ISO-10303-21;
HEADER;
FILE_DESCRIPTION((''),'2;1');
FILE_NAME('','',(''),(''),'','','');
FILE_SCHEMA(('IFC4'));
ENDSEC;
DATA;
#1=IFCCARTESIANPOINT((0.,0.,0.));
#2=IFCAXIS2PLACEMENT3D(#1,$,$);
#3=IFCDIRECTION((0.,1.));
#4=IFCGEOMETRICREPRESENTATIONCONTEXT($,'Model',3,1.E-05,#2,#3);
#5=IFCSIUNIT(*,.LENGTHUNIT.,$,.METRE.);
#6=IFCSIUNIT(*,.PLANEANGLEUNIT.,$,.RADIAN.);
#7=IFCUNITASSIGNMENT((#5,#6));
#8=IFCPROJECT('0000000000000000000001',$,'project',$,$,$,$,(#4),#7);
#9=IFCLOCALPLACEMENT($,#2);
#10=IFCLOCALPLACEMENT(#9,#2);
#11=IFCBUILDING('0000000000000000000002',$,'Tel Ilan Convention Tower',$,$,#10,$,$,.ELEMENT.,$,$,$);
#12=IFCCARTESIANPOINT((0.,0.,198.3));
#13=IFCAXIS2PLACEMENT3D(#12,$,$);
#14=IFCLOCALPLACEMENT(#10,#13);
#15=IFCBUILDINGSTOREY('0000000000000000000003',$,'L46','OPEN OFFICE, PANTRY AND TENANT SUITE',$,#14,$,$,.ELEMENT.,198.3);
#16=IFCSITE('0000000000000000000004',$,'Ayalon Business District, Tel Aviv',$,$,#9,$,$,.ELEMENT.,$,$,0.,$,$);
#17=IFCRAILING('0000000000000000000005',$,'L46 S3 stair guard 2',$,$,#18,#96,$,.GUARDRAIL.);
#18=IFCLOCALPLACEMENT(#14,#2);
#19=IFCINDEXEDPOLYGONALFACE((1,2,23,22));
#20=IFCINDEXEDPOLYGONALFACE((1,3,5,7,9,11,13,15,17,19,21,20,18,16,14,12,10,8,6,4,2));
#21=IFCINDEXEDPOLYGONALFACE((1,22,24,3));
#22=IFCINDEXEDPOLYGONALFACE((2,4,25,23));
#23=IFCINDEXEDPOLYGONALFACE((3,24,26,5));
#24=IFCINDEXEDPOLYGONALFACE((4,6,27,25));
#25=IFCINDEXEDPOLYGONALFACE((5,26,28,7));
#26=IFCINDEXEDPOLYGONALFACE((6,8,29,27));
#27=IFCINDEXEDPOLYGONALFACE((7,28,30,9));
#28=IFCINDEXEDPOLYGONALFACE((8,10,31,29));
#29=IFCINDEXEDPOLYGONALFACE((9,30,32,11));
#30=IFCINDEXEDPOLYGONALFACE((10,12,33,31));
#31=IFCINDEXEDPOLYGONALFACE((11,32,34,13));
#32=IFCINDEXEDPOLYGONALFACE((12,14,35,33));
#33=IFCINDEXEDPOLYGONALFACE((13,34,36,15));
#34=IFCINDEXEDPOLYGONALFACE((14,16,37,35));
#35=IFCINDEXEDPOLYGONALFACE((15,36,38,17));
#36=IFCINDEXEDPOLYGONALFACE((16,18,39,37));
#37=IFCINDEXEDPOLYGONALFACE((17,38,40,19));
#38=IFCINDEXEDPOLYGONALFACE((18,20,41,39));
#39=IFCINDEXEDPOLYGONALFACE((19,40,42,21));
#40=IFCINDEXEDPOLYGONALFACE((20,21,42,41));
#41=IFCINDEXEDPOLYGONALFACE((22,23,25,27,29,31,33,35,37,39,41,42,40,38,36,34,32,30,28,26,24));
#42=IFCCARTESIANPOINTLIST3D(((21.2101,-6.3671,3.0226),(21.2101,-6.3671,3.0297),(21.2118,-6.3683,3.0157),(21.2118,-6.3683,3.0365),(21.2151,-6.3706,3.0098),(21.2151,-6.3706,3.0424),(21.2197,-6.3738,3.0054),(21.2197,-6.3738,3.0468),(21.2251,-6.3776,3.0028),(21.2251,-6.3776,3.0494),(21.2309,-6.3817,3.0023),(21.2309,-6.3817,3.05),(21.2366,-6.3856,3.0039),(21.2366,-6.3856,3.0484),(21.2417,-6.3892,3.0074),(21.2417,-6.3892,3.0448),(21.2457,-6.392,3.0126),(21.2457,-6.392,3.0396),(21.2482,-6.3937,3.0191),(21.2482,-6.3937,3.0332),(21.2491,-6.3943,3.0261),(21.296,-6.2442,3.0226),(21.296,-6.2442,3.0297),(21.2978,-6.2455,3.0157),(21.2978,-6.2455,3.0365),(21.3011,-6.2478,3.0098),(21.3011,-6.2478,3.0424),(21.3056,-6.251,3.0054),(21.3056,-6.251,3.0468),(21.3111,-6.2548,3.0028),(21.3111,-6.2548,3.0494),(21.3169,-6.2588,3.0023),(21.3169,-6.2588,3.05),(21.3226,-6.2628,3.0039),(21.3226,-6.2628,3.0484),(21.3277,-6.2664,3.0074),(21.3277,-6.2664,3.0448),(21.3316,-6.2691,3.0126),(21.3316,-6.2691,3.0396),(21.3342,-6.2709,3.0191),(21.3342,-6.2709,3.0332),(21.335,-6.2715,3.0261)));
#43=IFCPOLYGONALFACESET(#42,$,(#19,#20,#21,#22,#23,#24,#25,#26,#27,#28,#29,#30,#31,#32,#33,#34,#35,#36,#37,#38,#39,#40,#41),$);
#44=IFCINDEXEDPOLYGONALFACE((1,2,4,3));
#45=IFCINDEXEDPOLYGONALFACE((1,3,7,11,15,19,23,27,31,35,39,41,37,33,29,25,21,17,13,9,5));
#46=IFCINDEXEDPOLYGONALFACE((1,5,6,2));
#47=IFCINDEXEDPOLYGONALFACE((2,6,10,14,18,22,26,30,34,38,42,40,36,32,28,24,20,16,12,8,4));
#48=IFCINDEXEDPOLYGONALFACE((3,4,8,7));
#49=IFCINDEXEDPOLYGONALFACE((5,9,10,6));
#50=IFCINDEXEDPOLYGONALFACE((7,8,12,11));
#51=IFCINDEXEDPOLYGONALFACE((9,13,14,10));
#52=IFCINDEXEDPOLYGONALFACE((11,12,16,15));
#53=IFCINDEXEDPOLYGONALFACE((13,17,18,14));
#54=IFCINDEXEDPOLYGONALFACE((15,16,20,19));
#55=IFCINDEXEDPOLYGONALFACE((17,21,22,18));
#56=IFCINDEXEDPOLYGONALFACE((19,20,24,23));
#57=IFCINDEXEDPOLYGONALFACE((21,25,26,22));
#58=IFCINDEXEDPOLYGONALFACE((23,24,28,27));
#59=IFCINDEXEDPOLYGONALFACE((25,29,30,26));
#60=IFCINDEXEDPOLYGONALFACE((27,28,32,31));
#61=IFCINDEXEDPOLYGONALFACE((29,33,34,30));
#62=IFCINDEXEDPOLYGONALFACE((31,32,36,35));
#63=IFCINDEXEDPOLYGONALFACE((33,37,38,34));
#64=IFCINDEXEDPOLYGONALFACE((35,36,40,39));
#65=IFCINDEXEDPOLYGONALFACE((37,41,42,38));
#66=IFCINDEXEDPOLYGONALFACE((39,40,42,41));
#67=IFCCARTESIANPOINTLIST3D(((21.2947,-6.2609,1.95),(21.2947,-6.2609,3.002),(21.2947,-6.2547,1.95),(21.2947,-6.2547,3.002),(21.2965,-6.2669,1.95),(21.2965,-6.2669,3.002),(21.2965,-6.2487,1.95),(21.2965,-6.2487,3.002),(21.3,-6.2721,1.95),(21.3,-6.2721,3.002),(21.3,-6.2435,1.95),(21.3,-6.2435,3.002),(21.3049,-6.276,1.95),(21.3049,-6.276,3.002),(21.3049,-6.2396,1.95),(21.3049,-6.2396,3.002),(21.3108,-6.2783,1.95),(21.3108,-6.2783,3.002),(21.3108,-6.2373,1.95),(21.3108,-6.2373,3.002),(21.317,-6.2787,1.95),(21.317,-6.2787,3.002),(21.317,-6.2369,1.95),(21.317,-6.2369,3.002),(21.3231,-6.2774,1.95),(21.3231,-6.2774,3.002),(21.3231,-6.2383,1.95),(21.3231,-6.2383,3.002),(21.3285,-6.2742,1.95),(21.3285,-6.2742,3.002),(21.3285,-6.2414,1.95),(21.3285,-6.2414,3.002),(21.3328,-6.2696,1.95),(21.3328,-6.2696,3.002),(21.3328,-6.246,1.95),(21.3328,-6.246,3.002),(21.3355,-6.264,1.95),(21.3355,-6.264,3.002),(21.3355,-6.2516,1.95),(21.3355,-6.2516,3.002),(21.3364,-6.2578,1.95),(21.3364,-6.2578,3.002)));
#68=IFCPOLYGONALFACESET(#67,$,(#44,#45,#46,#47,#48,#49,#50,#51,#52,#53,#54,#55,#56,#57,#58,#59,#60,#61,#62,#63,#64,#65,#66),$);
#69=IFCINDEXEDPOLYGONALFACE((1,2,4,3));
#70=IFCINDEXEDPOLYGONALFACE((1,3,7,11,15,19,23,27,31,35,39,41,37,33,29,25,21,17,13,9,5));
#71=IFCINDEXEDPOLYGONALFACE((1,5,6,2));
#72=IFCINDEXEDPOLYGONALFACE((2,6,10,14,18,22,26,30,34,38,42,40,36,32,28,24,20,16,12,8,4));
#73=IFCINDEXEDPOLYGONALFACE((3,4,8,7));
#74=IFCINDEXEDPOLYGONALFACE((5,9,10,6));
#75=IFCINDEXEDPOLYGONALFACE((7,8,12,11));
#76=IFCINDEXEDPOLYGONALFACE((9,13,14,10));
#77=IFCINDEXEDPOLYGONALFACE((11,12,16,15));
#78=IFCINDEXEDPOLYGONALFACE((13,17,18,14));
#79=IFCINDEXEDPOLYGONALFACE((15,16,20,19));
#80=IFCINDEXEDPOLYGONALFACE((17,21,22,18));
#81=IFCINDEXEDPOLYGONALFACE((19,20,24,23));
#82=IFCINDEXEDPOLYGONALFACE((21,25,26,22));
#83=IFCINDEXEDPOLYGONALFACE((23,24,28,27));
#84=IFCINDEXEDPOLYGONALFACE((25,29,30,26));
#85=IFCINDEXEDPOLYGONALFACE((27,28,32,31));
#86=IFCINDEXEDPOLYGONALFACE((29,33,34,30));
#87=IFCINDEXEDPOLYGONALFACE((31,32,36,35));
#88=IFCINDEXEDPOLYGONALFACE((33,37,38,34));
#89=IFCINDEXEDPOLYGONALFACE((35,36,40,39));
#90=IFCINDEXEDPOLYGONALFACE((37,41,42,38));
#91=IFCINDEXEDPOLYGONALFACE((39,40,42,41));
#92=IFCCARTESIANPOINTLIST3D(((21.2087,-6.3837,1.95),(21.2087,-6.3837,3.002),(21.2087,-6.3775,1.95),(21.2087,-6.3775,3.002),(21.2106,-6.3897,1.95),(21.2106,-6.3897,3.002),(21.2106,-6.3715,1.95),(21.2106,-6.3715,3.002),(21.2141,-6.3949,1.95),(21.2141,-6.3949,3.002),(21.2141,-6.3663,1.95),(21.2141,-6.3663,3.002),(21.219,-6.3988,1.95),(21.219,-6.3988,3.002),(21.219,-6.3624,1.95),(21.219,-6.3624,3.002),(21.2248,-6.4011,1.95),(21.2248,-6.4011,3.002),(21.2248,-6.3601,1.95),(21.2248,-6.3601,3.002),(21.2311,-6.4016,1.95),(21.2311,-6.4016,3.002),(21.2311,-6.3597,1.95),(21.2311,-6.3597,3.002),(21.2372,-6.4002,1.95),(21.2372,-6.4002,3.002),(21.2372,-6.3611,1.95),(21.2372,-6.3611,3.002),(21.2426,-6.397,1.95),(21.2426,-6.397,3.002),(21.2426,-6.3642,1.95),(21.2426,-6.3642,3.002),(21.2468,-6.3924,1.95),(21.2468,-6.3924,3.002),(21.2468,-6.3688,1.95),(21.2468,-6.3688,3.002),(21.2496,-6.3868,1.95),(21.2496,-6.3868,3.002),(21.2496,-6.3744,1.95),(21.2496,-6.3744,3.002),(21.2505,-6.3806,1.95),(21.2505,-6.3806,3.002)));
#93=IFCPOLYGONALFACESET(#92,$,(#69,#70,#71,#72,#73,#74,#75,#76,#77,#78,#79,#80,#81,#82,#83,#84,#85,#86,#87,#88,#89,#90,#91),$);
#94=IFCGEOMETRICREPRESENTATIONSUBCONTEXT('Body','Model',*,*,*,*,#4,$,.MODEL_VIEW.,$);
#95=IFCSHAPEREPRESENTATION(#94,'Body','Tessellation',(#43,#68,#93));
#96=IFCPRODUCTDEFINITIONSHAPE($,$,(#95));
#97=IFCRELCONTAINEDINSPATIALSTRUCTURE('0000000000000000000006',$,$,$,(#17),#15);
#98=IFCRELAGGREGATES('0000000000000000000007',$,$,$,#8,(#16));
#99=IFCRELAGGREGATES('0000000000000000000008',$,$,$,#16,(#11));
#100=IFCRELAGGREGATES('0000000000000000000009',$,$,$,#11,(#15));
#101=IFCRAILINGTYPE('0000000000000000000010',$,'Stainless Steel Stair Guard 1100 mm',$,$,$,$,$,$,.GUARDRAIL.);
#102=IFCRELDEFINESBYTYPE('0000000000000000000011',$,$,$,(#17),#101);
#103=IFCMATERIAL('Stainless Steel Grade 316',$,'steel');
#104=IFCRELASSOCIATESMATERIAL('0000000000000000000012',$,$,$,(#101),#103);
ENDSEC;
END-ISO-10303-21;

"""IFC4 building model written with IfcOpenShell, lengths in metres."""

from ifc_helpers import new_model, si_unit, direction, frame, origin, origin_2d, place, context, subcontext, project, spatial, circle, extrude, material, type_object, element, save


model = new_model("IFC4")

# Units and contexts
model_context = context("Model", 3, precision=1e-05, world=origin(), true_north=direction((0.0, 1.0)))
body_context = subcontext(model_context, "Body", "Model", "MODEL_VIEW")
ifc_project = project(units=[si_unit("LENGTHUNIT", "METRE"), si_unit("PLANEANGLEUNIT", "RADIAN")], contexts=[model_context])

# Site, building, storey
site_placement = place(None, origin())
site = spatial("IfcSite", under=ifc_project, at=site_placement, Name="Ayalon Business District, Tel Aviv", CompositionType="ELEMENT", RefElevation=0.0)
building_placement = place(site_placement, origin())
building = spatial("IfcBuilding", under=site, at=building_placement, Name="Tel Ilan Convention Tower", CompositionType="ELEMENT")
storey_placement = place(building_placement, frame((0.0, 0.0, 198.3)))
storey = spatial("IfcBuildingStorey", under=building, at=storey_placement, Name="L46", Description="OPEN OFFICE, PANTRY AND TENANT SUITE", CompositionType="ELEMENT", Elevation=198.3)

# Railing
ifc_material_1 = material(Name="Stainless Steel Grade 316", Category="steel")
railing_type_1 = type_object("IfcRailingType", Name="Stainless Steel Stair Guard 1100 mm", PredefinedType="GUARDRAIL", material=ifc_material_1)
railing_1_placement = place(storey_placement, frame((21.3154, -6.2578, 1.95)))
element("IfcRailing", 1, at=railing_1_placement, inside=storey, type_object=railing_type_1, Name="L46 S3 stair guard 2", PredefinedType="GUARDRAIL", context=body_context, shape_type="SweptSolid", body=[
    extrude(circle(Radius=0.0239, at=origin_2d()), frame((0.0, 0.0, 1.0762), z_axis=(-0.573353, -0.819308, 0.0), x_axis=(0.819308, -0.573353, 0.0)), (0.0, 0.0, 1.0), 0.1499),
    extrude(circle(Radius=0.021, at=origin_2d()), origin(), (0.0, 0.0, 1.0), 1.052),
    extrude(circle(Radius=0.021, at=origin_2d()), frame((-0.0859, -0.1228, 0.0)), (0.0, 0.0, 1.0), 1.052),
])

save(model, "model.ifc")
